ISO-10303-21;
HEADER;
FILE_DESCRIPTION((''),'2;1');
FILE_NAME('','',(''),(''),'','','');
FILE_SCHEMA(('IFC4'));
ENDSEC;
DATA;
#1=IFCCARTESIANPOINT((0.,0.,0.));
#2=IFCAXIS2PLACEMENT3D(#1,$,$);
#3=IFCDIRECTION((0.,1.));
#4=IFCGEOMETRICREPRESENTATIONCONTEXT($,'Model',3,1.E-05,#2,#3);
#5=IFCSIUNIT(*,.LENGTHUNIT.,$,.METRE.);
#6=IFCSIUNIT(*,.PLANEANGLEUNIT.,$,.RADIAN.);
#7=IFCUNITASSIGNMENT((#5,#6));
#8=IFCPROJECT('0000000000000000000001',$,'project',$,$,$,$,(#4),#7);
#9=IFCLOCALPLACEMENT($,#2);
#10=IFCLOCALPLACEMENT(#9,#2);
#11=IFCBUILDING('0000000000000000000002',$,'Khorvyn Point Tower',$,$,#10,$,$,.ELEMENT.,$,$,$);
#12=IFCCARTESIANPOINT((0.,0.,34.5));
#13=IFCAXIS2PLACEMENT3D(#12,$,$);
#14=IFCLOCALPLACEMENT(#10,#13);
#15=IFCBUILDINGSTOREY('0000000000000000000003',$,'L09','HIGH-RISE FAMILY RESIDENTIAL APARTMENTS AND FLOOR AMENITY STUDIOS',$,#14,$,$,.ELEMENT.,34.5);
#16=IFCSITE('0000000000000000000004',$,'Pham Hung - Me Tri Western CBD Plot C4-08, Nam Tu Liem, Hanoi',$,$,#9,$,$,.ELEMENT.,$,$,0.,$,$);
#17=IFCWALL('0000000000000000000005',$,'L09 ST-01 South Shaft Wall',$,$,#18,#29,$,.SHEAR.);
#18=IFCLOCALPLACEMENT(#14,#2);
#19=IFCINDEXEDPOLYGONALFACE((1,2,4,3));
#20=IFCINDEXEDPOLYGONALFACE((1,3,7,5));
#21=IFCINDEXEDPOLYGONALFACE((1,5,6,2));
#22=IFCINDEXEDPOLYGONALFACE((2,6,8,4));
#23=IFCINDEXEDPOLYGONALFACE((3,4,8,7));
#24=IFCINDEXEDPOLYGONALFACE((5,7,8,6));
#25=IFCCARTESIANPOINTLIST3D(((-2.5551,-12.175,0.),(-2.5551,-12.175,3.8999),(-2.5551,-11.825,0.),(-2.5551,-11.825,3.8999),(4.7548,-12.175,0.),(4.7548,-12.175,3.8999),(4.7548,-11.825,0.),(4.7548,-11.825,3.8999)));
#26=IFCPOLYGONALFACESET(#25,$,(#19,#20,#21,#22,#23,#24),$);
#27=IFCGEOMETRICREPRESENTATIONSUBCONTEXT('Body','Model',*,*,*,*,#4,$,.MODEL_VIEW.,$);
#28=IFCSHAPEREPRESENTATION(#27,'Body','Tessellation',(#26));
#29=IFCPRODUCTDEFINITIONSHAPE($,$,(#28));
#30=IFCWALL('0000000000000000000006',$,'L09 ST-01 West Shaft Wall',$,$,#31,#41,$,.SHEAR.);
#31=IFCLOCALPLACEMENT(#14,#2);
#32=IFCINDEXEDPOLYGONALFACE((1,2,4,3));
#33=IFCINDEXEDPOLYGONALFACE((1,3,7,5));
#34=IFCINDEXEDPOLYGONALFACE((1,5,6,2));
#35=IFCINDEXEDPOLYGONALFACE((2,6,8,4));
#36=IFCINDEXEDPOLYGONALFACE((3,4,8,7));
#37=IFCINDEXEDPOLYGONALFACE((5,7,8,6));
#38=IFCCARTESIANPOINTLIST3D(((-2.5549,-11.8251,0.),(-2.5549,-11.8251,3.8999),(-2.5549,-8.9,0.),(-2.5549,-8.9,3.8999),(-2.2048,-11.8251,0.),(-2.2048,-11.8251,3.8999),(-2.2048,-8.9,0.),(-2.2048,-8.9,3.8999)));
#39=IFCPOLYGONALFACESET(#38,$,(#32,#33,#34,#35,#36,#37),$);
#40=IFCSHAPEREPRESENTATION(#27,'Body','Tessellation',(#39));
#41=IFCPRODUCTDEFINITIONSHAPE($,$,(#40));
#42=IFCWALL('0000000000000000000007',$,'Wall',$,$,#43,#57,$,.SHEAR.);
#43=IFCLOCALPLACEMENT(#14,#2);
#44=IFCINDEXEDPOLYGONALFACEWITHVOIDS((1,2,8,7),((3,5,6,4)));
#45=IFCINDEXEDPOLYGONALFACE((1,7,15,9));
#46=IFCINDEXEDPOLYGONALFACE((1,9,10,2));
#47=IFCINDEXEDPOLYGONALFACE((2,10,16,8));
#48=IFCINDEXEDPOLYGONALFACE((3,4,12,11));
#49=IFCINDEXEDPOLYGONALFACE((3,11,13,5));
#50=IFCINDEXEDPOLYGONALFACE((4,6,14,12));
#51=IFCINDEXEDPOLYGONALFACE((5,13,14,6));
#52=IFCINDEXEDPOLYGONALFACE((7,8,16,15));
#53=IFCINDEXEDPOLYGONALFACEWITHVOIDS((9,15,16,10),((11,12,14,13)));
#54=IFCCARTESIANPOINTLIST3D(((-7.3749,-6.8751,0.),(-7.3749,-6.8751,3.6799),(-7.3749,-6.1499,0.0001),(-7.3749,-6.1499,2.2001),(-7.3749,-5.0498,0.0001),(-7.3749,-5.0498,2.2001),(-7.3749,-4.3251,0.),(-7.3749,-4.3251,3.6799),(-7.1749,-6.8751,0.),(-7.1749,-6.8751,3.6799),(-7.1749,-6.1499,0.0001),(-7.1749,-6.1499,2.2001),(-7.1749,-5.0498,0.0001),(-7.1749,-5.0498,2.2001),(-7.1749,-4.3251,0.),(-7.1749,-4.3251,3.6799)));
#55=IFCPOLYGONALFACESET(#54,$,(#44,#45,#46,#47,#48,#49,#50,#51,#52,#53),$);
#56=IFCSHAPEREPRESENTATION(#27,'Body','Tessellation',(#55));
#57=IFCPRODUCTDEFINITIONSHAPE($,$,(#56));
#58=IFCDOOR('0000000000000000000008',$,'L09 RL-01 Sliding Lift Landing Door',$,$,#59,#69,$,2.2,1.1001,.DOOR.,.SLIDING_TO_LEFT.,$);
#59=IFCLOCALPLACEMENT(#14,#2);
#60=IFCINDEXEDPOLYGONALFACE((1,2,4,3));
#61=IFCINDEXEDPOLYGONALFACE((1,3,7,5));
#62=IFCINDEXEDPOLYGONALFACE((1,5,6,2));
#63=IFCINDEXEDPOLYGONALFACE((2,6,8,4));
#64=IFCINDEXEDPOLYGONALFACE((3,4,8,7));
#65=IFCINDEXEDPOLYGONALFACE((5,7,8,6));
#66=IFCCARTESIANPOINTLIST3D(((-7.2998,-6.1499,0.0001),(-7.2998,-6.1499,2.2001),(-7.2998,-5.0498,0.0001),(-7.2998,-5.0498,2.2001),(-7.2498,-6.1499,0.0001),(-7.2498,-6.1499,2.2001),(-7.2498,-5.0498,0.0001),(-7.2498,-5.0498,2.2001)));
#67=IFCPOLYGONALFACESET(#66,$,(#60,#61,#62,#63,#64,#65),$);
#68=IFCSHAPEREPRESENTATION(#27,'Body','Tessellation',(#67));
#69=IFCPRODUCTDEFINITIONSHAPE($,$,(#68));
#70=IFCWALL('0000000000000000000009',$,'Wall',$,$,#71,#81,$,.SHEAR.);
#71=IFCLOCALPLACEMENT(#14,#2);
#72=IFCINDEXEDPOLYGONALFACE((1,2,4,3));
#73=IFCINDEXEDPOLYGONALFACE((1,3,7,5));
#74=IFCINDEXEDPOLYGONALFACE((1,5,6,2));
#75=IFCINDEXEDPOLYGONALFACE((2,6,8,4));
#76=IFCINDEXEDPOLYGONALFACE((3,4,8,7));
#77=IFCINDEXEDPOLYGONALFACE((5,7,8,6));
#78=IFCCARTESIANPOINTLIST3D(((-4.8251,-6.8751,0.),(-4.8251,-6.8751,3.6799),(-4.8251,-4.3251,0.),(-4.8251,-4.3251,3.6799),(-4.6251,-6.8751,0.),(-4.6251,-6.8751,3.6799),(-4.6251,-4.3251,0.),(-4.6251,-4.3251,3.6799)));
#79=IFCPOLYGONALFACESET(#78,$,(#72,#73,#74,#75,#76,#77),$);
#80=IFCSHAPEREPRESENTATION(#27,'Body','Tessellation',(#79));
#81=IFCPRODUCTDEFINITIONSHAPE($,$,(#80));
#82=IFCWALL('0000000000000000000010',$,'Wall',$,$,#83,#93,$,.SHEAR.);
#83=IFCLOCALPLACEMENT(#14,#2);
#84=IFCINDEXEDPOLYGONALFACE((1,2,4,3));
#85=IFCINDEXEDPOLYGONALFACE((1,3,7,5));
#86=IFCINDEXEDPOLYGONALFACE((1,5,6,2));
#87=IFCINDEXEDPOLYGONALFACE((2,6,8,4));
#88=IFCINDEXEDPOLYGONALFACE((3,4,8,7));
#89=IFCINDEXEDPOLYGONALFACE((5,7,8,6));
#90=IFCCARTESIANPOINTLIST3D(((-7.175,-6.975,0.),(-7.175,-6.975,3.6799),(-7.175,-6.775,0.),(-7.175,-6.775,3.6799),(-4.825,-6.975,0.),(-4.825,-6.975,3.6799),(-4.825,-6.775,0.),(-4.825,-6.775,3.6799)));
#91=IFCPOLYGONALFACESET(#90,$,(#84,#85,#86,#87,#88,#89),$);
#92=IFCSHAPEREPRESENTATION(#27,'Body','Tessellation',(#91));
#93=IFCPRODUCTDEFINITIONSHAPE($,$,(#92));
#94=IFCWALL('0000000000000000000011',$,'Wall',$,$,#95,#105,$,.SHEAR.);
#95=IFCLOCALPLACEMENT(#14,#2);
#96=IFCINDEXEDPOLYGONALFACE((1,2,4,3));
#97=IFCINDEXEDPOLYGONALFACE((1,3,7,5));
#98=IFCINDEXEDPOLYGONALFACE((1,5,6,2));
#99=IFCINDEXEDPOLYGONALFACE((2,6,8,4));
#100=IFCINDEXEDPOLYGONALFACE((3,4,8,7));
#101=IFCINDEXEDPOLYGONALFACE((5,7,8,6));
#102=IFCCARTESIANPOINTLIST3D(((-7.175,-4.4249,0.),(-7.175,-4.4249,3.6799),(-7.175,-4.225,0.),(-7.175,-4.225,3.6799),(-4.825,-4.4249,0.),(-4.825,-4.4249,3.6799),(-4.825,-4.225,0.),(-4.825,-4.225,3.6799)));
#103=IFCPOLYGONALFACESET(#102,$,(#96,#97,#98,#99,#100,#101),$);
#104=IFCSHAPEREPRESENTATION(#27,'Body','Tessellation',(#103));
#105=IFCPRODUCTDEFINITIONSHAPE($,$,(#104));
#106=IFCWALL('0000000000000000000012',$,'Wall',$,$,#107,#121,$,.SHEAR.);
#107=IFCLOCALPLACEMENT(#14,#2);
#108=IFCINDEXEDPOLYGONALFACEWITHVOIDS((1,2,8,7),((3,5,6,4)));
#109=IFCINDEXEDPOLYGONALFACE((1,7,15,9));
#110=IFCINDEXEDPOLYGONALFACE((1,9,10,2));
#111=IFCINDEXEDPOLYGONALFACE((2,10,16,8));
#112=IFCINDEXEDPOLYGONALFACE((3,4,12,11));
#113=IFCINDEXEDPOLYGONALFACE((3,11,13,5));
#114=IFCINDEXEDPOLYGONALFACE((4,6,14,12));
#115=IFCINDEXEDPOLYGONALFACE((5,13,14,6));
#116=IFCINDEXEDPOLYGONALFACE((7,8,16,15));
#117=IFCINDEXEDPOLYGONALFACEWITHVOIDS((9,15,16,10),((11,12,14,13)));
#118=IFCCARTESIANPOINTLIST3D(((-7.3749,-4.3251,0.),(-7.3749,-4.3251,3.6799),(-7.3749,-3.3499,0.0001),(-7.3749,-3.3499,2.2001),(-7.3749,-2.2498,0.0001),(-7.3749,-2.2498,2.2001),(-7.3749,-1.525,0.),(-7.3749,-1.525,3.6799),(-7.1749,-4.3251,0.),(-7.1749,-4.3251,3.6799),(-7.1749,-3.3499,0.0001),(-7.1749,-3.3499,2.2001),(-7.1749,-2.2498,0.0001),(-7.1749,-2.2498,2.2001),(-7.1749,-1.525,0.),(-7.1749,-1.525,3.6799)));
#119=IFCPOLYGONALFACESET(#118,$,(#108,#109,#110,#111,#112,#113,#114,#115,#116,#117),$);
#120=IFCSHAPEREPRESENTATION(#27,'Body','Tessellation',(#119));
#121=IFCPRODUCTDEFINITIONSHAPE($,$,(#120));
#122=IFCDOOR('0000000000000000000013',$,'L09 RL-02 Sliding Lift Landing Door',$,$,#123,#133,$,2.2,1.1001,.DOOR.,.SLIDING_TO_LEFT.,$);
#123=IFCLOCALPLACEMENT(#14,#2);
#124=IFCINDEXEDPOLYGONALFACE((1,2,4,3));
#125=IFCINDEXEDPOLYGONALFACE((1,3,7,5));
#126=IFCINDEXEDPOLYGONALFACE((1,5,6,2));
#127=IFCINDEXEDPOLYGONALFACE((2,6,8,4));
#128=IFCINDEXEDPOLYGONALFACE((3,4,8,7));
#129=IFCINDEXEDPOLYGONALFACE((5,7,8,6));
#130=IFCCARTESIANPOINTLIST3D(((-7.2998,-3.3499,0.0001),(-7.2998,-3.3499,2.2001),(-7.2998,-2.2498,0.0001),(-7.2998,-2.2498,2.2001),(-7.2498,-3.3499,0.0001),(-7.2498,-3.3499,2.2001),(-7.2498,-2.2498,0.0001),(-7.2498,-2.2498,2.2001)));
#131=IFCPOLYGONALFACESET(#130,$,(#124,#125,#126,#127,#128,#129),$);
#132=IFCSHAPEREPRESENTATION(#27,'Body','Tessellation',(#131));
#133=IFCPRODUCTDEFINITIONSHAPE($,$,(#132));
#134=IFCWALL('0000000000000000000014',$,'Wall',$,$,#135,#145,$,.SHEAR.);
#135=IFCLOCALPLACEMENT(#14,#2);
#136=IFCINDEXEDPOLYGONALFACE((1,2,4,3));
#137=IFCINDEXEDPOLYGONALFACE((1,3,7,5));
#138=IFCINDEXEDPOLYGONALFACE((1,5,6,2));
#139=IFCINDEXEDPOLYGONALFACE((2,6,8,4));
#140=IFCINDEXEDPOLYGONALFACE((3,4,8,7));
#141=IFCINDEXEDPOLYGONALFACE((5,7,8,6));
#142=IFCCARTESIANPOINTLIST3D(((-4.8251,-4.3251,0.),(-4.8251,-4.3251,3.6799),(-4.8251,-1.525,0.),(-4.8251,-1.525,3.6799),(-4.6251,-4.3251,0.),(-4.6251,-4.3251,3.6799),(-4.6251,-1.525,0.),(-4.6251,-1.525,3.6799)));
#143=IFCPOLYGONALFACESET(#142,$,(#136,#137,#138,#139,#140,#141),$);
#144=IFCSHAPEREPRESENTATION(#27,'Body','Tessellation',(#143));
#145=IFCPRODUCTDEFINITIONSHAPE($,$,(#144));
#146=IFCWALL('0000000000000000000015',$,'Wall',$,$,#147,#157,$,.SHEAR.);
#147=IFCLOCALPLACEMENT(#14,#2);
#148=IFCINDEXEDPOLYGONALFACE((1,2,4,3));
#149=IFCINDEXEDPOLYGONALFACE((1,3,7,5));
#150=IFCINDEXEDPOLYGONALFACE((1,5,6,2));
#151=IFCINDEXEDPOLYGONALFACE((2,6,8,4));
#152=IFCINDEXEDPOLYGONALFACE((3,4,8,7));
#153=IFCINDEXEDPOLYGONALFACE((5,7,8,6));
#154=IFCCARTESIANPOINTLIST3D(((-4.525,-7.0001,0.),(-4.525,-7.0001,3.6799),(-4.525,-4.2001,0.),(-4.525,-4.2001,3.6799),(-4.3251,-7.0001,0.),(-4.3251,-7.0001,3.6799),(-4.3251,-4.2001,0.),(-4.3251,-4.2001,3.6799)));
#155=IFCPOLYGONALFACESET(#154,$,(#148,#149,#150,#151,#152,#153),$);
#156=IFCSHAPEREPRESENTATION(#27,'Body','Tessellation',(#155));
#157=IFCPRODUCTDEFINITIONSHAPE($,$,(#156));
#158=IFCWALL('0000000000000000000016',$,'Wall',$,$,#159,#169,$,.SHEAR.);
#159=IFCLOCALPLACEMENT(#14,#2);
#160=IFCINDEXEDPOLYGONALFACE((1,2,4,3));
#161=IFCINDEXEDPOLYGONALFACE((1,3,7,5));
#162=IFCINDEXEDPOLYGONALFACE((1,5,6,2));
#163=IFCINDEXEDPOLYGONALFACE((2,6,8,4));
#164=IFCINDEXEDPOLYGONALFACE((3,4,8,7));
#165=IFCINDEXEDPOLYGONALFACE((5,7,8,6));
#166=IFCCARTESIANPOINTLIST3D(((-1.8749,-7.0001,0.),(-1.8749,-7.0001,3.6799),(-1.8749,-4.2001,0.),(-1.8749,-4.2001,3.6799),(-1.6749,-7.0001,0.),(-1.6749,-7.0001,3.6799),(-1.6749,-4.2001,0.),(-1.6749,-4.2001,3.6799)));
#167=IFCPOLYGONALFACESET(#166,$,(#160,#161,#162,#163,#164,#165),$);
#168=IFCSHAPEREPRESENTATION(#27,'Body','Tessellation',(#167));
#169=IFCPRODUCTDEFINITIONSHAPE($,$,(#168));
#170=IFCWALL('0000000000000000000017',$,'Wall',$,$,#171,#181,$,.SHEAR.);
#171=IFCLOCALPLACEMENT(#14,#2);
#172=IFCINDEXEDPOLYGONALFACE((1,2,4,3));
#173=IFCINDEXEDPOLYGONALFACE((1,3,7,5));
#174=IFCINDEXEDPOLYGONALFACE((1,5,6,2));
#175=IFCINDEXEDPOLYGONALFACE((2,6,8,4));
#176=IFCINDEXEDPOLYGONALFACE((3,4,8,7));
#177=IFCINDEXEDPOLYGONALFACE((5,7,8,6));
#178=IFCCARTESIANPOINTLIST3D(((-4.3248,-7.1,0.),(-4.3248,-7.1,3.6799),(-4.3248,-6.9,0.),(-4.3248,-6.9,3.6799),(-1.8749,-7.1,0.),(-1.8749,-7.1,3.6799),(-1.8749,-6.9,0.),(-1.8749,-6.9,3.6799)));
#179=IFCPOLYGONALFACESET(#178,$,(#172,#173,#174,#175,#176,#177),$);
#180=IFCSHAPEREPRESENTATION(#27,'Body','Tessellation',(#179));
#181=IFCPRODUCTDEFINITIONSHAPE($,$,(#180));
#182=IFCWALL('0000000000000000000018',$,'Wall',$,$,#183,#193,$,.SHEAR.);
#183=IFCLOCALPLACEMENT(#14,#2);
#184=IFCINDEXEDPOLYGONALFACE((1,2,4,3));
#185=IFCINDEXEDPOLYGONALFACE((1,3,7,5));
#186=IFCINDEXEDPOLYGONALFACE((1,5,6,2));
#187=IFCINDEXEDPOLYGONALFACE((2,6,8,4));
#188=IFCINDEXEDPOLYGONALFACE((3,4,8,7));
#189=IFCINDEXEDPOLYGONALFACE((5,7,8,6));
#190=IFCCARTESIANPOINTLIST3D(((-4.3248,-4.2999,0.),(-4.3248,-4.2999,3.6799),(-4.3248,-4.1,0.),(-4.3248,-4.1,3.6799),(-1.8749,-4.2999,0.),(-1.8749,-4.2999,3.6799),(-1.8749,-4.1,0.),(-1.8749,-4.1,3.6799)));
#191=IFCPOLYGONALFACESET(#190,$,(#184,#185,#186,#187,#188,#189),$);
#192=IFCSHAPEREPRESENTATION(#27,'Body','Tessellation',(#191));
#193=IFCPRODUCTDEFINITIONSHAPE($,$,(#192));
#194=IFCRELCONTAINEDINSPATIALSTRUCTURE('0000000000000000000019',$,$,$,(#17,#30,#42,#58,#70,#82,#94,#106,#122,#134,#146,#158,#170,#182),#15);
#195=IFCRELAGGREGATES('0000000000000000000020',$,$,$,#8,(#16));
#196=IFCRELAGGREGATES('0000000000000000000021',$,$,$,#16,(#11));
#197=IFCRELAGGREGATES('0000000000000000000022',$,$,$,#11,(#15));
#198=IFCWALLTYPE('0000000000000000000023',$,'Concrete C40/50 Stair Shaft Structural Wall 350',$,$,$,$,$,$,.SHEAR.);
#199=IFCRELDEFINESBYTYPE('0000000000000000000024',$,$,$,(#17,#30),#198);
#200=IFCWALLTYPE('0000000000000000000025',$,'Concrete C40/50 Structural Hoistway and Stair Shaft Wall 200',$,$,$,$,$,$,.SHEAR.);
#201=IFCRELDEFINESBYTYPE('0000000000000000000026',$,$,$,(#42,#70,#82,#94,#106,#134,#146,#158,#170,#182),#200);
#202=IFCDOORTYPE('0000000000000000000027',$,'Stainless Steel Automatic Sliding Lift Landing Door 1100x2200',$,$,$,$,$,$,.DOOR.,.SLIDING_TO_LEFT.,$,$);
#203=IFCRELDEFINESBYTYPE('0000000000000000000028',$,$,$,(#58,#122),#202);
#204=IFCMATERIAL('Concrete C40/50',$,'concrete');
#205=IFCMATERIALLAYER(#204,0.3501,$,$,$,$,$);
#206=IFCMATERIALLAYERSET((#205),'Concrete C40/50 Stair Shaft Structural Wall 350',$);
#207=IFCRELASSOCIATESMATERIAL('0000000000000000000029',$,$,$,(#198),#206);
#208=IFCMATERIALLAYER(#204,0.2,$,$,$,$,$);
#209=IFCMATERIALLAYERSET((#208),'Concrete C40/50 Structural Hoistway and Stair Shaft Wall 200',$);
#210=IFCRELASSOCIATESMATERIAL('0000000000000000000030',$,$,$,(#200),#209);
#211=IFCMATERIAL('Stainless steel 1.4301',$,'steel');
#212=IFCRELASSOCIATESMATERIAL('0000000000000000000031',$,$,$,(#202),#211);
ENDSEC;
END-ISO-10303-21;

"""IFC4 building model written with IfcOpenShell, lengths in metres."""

from ifc_helpers import new_model, si_unit, direction, frame, frame_2d, origin, place, context, subcontext, project, spatial, rectangle, extrude, material, layer, layer_set, type_object, element, fill, save


model = new_model("IFC4")

# Units and contexts
model_context = context("Model", 3, precision=1e-05, world=origin(), true_north=direction((0.0, 1.0)))
body_context = subcontext(model_context, "Body", "Model", "MODEL_VIEW")
ifc_project = project(units=[si_unit("LENGTHUNIT", "METRE"), si_unit("PLANEANGLEUNIT", "RADIAN")], contexts=[model_context])

# Site, building, storey
site_placement = place(None, origin())
site = spatial("IfcSite", under=ifc_project, at=site_placement, Name="Pham Hung - Me Tri Western CBD Plot C4-08, Nam Tu Liem, Hanoi", CompositionType="ELEMENT", RefElevation=0.0)
building_placement = place(site_placement, origin())
building = spatial("IfcBuilding", under=site, at=building_placement, Name="Khorvyn Point Tower", CompositionType="ELEMENT")
storey_placement = place(building_placement, frame((0.0, 0.0, 34.5)))
storey = spatial("IfcBuildingStorey", under=building, at=storey_placement, Name="L09", Description="HIGH-RISE FAMILY RESIDENTIAL APARTMENTS AND FLOOR AMENITY STUDIOS", CompositionType="ELEMENT", Elevation=34.5)

# Shared definitions
ifc_material_1 = material(Name="Concrete C40/50", Category="concrete")

# Walls
ifc_layer_1 = layer(ifc_material_1, 0.3501)
ifc_layer_set_1 = layer_set([ifc_layer_1], Name="Concrete C40/50 Stair Shaft Structural Wall 350")
wall_type_1 = type_object("IfcWallType", Name="Concrete C40/50 Stair Shaft Structural Wall 350", PredefinedType="SHEAR", material=ifc_layer_set_1)
wall_1_placement = place(storey_placement, frame((-2.5549, -12.0, 0.0), z_axis=(0.0, 0.0, 1.0), x_axis=(1.0, 0.0, 0.0)))
element("IfcWall", 1, at=wall_1_placement, inside=storey, type_object=wall_type_1, Name="L09 ST-01 South Shaft Wall", PredefinedType="SHEAR", context=body_context, shape_type="SweptSolid", body=[
    extrude(rectangle(XDim=7.3098, YDim=0.3501, at=frame_2d((3.6548, 0.0))), origin(), (0.0, 0.0, 1.0), 3.8999),
])
wall_2_placement = place(storey_placement, frame((-2.3799, -11.825, 0.0), z_axis=(0.0, 0.0, 1.0), x_axis=(0.0, 1.0, 0.0)))
element("IfcWall", 2, at=wall_2_placement, inside=storey, type_object=wall_type_1, Name="L09 ST-01 West Shaft Wall", PredefinedType="SHEAR", context=body_context, shape_type="SweptSolid", body=[
    extrude(rectangle(XDim=2.925, YDim=0.3501, at=frame_2d((1.4624, 0.0))), origin(), (0.0, 0.0, 1.0), 3.8999),
])

# Wall, opening, door
ifc_layer_2 = layer(ifc_material_1, 0.2)
ifc_layer_set_2 = layer_set([ifc_layer_2], Name="Concrete C40/50 Structural Hoistway and Stair Shaft Wall 200")
wall_type_2 = type_object("IfcWallType", Name="Concrete C40/50 Structural Hoistway and Stair Shaft Wall 200", PredefinedType="SHEAR", material=ifc_layer_set_2)
wall_3_placement = place(storey_placement, frame((-7.2749, -6.875, 0.0), z_axis=(0.0, 0.0, 1.0), x_axis=(0.0, 1.0, 0.0)))
wall_3 = element("IfcWall", 3, at=wall_3_placement, inside=storey, type_object=wall_type_2, Name="Wall", PredefinedType="SHEAR", context=body_context, shape_type="SweptSolid", body=[
    extrude(rectangle(XDim=2.55, YDim=0.2, at=frame_2d((1.2749, 0.0))), origin(), (0.0, 0.0, 1.0), 3.6799),
])
opening_1_placement = place(wall_3_placement, frame((0.7251, 0.0, 0.0)))
opening_1 = element("IfcOpeningElement", 4, at=opening_1_placement, cuts=wall_3, PredefinedType="OPENING", context=body_context, shape_type="SweptSolid", body=[
    extrude(rectangle(XDim=1.1001, YDim=2.2, at=frame_2d((0.55, 1.1001))), frame((0.0, 0.1099, 0.0), z_axis=(0.0, -1.0, 0.0), x_axis=(1.0, 0.0, 0.0)), (0.0, 0.0, 1.0), 0.22),
])
ifc_material_2 = material(Name="Stainless steel 1.4301", Category="steel")
door_type_1 = type_object("IfcDoorType", Name="Stainless Steel Automatic Sliding Lift Landing Door 1100x2200", OperationType="SLIDING_TO_LEFT", PredefinedType="DOOR", material=ifc_material_2)
door_1_placement = place(opening_1_placement, origin())
door_1 = element("IfcDoor", 5, at=door_1_placement, inside=storey, type_object=door_type_1, Name="L09 RL-01 Sliding Lift Landing Door", OperationType="SLIDING_TO_LEFT", OverallHeight=2.2, OverallWidth=1.1001, PredefinedType="DOOR", context=body_context, shape_type="SweptSolid", body=[
    extrude(rectangle(XDim=1.1001, YDim=2.2, at=frame_2d((0.55, 1.1001))), frame((0.0, 0.0249, 0.0), z_axis=(0.0, -1.0, 0.0), x_axis=(1.0, 0.0, 0.0)), (0.0, 0.0, 1.0), 0.05),
])
fill(opening_1, door_1)

# Walls
wall_4_placement = place(storey_placement, frame((-4.7251, -6.875, 0.0), z_axis=(0.0, 0.0, 1.0), x_axis=(0.0, 1.0, 0.0)))
element("IfcWall", 6, at=wall_4_placement, inside=storey, type_object=wall_type_2, Name="Wall", PredefinedType="SHEAR", context=body_context, shape_type="SweptSolid", body=[
    extrude(rectangle(XDim=2.55, YDim=0.2, at=frame_2d((1.2749, 0.0))), origin(), (0.0, 0.0, 1.0), 3.6799),
])
for number, where, z_axis, x_axis, name in (
    (7, (-7.175, -6.875, 0.0), (0.0, 0.0, 1.0), (1.0, 0.0, 0.0), "Wall"),
    (8, (-7.175, -4.325, 0.0), (0.0, 0.0, 1.0), (1.0, 0.0, 0.0), "Wall"),
):
    element("IfcWall", number, at=place(storey_placement, frame(where, z_axis=z_axis, x_axis=x_axis)), inside=storey, type_object=wall_type_2, Name=name, PredefinedType="SHEAR", context=body_context, shape_type="SweptSolid", body=[
        extrude(rectangle(XDim=2.3501, YDim=0.2, at=frame_2d((1.175, 0.0))), origin(), (0.0, 0.0, 1.0), 3.6799),
    ])

# Wall, opening, door
wall_5_placement = place(storey_placement, frame((-7.2749, -4.325, 0.0), z_axis=(0.0, 0.0, 1.0), x_axis=(0.0, 1.0, 0.0)))
wall_5 = element("IfcWall", 9, at=wall_5_placement, inside=storey, type_object=wall_type_2, Name="Wall", PredefinedType="SHEAR", context=body_context, shape_type="SweptSolid", body=[
    extrude(rectangle(XDim=2.8, YDim=0.2, at=frame_2d((1.3999, 0.0))), origin(), (0.0, 0.0, 1.0), 3.6799),
])
opening_2_placement = place(wall_5_placement, frame((0.9751, 0.0, 0.0)))
opening_2 = element("IfcOpeningElement", 10, at=opening_2_placement, cuts=wall_5, PredefinedType="OPENING", context=body_context, shape_type="SweptSolid", body=[
    extrude(rectangle(XDim=1.1001, YDim=2.2, at=frame_2d((0.55, 1.1001))), frame((0.0, 0.1099, 0.0), z_axis=(0.0, -1.0, 0.0), x_axis=(1.0, 0.0, 0.0)), (0.0, 0.0, 1.0), 0.22),
])
door_2_placement = place(opening_2_placement, origin())
door_2 = element("IfcDoor", 11, at=door_2_placement, inside=storey, type_object=door_type_1, Name="L09 RL-02 Sliding Lift Landing Door", OperationType="SLIDING_TO_LEFT", OverallHeight=2.2, OverallWidth=1.1001, PredefinedType="DOOR", context=body_context, shape_type="SweptSolid", body=[
    extrude(rectangle(XDim=1.1001, YDim=2.2, at=frame_2d((0.55, 1.1001))), frame((0.0, 0.0249, 0.0), z_axis=(0.0, -1.0, 0.0), x_axis=(1.0, 0.0, 0.0)), (0.0, 0.0, 1.0), 0.05),
])
fill(opening_2, door_2)

# Walls
for number, where, z_axis, x_axis, name in (
    (12, (-4.7251, -4.325, 0.0), (0.0, 0.0, 1.0), (0.0, 1.0, 0.0), "Wall"),
    (13, (-4.425, -7.0, 0.0), (0.0, 0.0, 1.0), (0.0, 1.0, 0.0), "Wall"),
    (14, (-1.7749, -7.0, 0.0), (0.0, 0.0, 1.0), (0.0, 1.0, 0.0), "Wall"),
):
    element("IfcWall", number, at=place(storey_placement, frame(where, z_axis=z_axis, x_axis=x_axis)), inside=storey, type_object=wall_type_2, Name=name, PredefinedType="SHEAR", context=body_context, shape_type="SweptSolid", body=[
        extrude(rectangle(XDim=2.8, YDim=0.2, at=frame_2d((1.3999, 0.0))), origin(), (0.0, 0.0, 1.0), 3.6799),
    ])
for number, where, z_axis, x_axis, name in (
    (15, (-4.325, -7.0, 0.0), (0.0, 0.0, 1.0), (1.0, 0.0, 0.0), "Wall"),
    (16, (-4.325, -4.2, 0.0), (0.0, 0.0, 1.0), (1.0, 0.0, 0.0), "Wall"),
):
    element("IfcWall", number, at=place(storey_placement, frame(where, z_axis=z_axis, x_axis=x_axis)), inside=storey, type_object=wall_type_2, Name=name, PredefinedType="SHEAR", context=body_context, shape_type="SweptSolid", body=[
        extrude(rectangle(XDim=2.45, YDim=0.2, at=frame_2d((1.2251, 0.0))), origin(), (0.0, 0.0, 1.0), 3.6799),
    ])

save(model, "model.ifc")
